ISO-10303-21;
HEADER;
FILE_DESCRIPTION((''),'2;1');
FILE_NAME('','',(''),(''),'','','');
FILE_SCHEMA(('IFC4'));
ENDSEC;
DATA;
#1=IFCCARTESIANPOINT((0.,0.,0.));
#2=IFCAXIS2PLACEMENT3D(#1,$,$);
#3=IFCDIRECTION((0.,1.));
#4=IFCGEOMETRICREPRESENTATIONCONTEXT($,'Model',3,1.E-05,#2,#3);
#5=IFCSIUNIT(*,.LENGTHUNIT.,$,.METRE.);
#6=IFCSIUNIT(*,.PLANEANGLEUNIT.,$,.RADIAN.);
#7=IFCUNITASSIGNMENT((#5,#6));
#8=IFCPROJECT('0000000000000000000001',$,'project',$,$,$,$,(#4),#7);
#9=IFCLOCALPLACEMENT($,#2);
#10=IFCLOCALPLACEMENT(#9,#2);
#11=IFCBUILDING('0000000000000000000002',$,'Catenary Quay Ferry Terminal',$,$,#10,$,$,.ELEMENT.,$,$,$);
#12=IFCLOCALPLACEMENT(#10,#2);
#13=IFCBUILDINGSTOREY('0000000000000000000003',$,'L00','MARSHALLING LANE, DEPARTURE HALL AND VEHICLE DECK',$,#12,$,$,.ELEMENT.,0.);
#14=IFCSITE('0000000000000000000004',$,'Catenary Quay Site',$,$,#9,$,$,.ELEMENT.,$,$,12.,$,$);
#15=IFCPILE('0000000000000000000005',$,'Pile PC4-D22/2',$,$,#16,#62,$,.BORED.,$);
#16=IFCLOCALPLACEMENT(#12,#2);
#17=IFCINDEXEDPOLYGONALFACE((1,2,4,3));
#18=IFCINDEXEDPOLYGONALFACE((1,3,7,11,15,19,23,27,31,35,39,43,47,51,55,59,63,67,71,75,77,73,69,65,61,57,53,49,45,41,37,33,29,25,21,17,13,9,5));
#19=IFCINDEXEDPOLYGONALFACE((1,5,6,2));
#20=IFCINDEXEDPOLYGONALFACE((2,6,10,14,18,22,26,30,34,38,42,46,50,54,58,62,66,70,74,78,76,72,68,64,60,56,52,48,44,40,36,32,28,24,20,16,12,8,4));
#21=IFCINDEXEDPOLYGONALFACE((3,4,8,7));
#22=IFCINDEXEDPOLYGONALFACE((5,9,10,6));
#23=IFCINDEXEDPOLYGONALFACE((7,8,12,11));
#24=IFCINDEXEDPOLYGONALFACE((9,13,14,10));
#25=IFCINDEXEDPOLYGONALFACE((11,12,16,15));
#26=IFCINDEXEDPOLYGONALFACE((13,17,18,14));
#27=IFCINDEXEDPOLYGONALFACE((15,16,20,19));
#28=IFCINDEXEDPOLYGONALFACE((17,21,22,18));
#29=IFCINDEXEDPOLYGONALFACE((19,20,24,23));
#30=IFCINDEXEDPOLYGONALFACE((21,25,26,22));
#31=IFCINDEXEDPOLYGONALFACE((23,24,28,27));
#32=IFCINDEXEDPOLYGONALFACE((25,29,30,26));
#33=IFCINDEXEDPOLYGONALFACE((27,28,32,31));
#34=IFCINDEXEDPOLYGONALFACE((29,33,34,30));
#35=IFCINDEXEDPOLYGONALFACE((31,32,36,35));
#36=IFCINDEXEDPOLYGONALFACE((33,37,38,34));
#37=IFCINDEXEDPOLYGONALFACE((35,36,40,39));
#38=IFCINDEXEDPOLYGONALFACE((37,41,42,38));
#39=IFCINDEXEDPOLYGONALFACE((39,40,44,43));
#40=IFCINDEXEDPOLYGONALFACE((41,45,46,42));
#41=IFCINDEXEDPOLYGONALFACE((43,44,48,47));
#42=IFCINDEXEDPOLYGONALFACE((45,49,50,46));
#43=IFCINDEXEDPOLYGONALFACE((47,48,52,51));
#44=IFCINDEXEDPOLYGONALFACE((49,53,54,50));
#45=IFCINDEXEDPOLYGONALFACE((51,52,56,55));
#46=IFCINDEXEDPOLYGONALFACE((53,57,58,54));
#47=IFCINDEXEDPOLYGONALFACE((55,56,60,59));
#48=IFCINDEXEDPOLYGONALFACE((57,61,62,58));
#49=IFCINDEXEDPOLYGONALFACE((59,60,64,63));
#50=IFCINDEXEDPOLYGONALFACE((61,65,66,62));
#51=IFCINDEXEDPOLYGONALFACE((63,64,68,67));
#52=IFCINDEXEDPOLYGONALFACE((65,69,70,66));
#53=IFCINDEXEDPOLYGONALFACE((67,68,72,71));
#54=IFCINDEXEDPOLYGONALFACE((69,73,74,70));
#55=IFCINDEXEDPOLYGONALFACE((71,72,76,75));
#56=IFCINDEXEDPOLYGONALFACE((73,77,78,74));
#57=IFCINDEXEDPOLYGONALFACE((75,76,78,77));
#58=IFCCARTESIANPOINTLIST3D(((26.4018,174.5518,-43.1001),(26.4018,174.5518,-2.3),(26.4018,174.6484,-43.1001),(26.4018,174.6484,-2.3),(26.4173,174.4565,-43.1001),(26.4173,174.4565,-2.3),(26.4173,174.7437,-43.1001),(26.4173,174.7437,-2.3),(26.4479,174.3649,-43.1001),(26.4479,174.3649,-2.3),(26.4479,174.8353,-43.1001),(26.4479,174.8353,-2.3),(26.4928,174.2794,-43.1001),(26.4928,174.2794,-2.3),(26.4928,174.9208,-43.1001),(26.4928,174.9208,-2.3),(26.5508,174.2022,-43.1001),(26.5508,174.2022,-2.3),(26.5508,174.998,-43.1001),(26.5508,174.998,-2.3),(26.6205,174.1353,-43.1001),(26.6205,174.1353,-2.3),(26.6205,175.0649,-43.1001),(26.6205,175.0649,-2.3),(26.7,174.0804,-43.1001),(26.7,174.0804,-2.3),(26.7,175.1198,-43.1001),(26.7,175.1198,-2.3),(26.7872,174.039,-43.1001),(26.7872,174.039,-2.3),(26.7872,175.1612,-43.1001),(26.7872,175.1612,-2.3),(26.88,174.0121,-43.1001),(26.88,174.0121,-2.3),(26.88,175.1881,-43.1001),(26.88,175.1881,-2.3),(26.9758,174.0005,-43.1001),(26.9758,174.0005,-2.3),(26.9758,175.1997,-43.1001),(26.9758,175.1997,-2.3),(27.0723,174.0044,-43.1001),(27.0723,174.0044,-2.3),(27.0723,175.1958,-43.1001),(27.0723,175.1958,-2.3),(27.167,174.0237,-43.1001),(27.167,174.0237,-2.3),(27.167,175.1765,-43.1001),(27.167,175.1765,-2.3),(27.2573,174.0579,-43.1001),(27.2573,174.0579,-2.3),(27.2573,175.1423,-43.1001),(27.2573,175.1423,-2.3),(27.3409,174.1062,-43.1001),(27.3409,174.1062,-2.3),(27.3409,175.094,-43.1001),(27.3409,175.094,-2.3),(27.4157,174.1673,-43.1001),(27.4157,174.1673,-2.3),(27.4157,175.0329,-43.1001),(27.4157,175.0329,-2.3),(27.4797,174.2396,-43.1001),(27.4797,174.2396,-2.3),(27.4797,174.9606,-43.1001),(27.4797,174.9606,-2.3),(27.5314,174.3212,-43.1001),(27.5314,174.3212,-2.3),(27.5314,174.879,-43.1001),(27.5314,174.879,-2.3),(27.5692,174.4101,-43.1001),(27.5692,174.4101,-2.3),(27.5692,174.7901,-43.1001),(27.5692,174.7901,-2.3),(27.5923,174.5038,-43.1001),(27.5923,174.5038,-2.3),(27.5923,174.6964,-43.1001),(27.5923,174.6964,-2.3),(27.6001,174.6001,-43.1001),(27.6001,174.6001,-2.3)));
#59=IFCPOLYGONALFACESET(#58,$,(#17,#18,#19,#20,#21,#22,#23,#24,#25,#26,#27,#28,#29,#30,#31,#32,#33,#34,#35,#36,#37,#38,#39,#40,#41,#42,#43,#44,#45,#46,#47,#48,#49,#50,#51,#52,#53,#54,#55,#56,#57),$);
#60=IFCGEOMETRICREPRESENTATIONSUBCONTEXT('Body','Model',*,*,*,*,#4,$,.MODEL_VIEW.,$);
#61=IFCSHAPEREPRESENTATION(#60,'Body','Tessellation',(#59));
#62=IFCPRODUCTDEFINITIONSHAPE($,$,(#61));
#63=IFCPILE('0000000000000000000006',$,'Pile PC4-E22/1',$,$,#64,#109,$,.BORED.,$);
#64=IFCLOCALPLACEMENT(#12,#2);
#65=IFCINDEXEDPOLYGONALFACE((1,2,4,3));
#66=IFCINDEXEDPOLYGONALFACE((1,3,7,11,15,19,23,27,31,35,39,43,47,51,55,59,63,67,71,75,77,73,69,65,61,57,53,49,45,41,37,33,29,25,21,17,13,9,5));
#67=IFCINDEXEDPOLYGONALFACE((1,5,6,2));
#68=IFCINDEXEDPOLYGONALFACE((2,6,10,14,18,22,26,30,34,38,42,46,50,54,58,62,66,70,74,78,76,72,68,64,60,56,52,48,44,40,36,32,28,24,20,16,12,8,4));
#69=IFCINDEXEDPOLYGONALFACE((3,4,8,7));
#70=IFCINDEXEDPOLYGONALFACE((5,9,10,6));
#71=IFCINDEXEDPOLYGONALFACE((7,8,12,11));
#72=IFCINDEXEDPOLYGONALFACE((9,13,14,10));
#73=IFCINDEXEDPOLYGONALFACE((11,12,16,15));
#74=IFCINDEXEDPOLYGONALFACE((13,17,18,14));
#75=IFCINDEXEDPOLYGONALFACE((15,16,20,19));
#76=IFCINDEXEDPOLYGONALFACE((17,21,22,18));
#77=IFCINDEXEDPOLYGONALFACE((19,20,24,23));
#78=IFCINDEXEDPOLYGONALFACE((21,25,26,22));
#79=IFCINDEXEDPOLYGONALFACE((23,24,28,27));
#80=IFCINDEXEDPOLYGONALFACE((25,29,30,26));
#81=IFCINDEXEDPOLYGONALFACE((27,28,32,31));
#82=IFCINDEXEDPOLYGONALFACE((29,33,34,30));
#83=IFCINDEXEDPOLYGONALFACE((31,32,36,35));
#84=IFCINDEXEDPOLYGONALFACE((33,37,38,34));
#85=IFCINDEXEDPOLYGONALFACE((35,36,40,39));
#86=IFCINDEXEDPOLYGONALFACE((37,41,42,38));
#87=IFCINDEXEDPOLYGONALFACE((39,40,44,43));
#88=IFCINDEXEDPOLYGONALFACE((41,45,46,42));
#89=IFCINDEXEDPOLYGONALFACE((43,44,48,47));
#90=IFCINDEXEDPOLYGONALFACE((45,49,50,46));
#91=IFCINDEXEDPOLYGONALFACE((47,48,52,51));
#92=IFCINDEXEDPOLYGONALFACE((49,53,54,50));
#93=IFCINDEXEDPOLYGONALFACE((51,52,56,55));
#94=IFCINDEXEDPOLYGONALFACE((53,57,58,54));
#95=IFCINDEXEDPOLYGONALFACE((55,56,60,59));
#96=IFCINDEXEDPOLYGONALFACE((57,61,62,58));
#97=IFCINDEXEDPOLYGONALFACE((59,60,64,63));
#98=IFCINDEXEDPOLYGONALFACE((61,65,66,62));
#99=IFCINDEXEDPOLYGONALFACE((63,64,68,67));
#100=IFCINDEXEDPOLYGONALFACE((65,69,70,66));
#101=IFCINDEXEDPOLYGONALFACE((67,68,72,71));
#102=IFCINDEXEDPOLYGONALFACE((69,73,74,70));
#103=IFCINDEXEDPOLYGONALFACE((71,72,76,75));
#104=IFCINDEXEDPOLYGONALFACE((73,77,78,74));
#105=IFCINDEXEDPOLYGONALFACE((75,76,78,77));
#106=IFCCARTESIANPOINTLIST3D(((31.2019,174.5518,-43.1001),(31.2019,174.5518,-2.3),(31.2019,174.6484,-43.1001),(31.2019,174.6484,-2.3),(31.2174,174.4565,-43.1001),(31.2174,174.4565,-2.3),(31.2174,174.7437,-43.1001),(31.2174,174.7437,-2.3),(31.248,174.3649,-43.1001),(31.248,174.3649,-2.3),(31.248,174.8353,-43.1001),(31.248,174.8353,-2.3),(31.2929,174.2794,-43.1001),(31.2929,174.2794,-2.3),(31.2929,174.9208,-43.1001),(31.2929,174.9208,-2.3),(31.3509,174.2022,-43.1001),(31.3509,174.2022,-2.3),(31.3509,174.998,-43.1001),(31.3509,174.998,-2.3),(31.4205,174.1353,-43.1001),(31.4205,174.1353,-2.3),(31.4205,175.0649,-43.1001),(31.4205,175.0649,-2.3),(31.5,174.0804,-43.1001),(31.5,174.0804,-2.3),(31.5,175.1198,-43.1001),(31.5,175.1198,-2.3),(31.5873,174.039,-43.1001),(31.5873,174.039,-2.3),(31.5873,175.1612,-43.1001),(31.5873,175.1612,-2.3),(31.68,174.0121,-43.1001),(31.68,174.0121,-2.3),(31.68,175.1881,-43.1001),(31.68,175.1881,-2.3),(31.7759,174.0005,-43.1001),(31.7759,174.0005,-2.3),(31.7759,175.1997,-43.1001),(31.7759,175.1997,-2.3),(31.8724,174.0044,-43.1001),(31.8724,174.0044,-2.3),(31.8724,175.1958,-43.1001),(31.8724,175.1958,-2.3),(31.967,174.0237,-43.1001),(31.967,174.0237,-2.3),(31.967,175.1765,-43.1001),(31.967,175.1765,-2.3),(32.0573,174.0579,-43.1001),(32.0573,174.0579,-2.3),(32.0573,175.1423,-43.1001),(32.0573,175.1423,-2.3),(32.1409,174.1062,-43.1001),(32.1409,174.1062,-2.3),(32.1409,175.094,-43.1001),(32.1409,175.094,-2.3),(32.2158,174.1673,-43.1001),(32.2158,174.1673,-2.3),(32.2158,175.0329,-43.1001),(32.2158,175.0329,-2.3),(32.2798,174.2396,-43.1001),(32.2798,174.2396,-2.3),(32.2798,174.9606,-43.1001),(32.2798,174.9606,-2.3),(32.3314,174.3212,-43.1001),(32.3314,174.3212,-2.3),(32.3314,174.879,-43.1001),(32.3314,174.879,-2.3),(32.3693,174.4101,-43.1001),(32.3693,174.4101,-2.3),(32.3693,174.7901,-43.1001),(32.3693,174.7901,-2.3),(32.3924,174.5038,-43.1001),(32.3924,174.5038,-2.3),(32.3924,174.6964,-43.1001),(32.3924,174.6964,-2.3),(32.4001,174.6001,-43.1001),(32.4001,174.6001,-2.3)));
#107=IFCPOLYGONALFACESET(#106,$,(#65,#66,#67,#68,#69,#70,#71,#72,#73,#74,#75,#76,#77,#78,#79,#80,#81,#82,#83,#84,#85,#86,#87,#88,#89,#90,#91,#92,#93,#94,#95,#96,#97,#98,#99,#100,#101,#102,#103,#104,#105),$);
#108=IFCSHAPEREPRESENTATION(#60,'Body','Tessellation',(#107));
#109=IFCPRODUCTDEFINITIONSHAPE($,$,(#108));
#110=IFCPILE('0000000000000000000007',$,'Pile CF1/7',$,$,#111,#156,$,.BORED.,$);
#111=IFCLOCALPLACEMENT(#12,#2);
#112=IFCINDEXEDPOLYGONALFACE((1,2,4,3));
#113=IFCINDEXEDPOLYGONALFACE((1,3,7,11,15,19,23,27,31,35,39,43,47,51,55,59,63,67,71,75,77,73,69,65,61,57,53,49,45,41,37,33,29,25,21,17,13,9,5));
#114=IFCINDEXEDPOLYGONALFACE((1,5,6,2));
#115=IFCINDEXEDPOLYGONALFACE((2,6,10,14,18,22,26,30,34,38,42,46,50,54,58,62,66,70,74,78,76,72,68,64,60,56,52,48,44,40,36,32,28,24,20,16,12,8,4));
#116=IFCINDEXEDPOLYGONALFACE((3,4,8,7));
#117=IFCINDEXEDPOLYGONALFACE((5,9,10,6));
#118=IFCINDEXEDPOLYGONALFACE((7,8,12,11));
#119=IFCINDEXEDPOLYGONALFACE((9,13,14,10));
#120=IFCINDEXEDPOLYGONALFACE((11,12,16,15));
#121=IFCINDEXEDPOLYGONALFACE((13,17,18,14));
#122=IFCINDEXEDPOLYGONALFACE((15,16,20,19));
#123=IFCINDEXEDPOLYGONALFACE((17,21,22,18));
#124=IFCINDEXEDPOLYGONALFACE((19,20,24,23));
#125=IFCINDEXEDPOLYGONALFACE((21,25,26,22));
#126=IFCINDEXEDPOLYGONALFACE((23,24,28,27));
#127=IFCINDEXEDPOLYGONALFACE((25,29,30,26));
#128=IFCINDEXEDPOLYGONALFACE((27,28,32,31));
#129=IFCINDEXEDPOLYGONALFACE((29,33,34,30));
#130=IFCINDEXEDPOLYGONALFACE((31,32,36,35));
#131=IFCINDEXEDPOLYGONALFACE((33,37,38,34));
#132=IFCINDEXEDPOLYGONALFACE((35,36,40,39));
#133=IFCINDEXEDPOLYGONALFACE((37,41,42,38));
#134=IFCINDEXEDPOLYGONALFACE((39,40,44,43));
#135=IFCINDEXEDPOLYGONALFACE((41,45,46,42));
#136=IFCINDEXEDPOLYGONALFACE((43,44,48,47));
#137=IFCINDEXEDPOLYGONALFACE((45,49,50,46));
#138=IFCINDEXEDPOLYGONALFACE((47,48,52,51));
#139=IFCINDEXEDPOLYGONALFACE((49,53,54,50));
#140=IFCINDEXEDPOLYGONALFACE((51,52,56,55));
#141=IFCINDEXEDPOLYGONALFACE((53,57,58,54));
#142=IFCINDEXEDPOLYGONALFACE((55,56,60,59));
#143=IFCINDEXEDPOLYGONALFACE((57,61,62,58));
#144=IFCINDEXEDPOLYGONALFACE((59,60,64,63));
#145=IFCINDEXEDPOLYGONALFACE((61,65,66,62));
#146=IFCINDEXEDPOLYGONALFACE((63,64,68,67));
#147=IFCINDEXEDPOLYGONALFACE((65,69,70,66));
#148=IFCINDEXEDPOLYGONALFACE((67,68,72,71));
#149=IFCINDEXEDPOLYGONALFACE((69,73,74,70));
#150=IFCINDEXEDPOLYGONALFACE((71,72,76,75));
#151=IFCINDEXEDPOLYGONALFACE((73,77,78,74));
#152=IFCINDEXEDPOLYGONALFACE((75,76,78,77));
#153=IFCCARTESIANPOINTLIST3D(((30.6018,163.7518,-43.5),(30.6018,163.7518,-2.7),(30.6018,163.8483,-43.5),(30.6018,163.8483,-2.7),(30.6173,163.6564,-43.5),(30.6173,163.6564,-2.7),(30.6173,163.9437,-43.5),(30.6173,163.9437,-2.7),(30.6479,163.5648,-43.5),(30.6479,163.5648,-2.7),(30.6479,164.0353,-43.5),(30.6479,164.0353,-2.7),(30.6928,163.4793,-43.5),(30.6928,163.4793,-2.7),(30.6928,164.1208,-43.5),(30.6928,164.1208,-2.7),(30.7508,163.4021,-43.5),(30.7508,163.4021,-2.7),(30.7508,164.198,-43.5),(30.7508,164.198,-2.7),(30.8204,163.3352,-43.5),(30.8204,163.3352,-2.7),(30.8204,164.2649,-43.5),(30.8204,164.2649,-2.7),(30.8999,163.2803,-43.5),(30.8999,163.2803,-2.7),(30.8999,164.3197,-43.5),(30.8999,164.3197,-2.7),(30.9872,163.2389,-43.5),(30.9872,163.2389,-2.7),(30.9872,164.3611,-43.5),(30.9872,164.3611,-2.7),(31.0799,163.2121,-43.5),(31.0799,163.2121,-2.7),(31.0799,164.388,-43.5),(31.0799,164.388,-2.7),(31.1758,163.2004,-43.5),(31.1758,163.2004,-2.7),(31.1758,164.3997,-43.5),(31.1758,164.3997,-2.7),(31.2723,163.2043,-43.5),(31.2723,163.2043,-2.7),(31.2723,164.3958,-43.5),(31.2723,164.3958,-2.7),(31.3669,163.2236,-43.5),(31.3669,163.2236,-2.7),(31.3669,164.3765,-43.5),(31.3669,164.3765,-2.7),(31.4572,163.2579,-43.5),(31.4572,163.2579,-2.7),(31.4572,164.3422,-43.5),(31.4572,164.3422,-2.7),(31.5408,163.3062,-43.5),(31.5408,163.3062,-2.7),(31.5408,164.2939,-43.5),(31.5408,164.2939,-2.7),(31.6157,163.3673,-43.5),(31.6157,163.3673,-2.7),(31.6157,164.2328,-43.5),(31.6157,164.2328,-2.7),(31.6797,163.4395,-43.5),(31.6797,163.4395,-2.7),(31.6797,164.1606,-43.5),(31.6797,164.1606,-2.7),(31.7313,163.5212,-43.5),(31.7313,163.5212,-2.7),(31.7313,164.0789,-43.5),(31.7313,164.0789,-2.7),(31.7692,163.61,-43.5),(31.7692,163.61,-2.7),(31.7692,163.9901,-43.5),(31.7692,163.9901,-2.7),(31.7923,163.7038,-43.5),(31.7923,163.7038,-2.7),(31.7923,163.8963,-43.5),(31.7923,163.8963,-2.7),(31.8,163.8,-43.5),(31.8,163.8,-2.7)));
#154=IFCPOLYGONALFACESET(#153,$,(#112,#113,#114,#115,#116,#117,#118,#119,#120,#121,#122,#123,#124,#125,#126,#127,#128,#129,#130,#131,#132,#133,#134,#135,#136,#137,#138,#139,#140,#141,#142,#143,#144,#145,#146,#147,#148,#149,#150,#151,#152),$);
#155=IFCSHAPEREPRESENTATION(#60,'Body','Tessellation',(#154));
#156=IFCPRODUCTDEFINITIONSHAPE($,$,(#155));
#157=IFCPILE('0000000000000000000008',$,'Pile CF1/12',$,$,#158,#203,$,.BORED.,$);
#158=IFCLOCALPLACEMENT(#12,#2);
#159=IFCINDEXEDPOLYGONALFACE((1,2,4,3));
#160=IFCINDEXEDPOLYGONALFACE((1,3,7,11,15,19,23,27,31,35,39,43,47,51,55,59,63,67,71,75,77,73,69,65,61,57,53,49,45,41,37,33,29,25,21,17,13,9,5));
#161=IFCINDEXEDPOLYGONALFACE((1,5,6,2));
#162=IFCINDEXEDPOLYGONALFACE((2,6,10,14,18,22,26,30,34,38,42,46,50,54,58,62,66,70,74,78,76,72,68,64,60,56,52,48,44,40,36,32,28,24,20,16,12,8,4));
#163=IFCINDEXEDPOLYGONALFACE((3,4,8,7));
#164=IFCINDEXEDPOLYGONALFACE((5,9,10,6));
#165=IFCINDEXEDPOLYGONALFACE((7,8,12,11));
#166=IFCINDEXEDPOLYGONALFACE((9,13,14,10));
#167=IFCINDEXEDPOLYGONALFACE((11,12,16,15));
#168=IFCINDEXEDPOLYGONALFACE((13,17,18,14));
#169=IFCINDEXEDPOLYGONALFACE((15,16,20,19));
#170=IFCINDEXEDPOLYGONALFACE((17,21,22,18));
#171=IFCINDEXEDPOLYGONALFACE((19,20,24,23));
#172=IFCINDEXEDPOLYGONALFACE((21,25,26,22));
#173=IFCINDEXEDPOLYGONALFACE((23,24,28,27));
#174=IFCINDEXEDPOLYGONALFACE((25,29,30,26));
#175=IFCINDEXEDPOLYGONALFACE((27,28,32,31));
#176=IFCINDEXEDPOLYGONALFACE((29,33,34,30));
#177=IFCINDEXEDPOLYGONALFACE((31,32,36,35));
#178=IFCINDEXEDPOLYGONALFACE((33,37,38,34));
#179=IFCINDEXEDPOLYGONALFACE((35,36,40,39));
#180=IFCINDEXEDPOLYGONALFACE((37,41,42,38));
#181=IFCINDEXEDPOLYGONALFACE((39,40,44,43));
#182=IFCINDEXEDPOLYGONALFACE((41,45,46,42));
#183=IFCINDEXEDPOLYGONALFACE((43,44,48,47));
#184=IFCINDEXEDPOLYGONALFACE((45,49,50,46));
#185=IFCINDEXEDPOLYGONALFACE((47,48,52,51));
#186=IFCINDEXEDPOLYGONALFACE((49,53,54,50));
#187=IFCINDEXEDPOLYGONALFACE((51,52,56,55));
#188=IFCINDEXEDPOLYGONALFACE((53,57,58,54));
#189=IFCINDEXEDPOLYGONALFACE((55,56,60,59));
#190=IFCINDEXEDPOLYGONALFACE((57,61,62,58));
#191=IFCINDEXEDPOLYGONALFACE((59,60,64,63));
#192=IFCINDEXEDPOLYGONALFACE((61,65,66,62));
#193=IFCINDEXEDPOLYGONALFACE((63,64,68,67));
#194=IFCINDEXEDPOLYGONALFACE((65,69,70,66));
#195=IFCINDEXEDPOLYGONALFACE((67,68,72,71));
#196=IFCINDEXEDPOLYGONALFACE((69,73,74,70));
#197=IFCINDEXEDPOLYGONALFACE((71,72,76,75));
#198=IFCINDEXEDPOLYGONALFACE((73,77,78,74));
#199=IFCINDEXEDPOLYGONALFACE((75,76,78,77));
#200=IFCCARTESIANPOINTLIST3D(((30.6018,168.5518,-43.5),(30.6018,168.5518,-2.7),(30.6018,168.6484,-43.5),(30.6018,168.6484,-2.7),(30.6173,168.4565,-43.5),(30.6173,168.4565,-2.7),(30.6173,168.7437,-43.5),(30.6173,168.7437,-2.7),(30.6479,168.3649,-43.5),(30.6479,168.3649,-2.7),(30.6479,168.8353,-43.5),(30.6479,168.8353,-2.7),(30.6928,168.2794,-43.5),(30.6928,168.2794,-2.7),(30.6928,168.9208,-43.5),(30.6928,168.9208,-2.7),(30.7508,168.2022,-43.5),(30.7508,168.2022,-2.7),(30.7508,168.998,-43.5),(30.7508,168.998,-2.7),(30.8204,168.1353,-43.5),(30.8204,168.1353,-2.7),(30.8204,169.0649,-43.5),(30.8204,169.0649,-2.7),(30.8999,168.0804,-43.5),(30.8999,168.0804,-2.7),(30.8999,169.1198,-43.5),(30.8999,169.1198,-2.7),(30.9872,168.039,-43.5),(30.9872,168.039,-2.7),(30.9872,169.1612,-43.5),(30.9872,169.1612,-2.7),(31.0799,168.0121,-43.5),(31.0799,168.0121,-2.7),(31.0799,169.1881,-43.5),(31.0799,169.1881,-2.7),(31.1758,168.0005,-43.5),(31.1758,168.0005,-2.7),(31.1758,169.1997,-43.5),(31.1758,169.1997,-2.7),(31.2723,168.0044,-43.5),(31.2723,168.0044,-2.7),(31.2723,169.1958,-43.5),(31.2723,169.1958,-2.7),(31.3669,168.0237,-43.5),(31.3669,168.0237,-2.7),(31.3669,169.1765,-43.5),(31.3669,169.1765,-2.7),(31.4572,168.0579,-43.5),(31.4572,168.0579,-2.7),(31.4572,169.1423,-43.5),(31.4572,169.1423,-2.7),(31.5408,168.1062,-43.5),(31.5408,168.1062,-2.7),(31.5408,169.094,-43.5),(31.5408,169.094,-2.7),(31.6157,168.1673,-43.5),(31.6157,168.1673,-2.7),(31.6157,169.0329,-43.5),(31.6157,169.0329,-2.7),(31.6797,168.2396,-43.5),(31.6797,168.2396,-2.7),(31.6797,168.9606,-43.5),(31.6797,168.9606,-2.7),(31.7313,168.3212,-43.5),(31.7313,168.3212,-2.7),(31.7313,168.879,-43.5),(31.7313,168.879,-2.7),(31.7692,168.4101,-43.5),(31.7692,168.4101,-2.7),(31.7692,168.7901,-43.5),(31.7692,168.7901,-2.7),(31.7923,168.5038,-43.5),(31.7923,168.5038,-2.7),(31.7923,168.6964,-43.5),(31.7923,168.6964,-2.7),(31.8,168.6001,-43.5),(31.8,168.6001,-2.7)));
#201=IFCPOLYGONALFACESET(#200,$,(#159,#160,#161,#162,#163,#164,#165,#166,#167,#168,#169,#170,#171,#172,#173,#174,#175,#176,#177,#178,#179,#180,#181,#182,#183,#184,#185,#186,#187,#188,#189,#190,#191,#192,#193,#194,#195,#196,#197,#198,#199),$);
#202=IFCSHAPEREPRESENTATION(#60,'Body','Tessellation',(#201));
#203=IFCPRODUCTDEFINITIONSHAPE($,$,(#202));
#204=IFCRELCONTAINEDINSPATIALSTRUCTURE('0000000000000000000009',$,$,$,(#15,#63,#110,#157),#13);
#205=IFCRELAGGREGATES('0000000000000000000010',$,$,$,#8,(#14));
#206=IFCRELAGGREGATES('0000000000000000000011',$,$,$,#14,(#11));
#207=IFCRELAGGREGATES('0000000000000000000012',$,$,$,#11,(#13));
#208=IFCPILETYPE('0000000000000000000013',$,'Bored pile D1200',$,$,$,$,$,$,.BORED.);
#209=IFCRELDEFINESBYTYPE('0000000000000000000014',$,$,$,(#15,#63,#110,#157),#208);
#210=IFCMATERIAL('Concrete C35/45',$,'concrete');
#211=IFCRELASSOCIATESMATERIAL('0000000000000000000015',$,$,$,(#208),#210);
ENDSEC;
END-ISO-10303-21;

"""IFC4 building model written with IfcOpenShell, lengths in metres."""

from ifc_helpers import new_model, si_unit, direction, frame, origin, origin_2d, place, context, subcontext, project, spatial, circle, extrude, material, material_profile, profile_set, type_object, element, save


model = new_model("IFC4")

# Units and contexts
model_context = context("Model", 3, precision=1e-05, world=origin(), true_north=direction((0.0, 1.0)))
body_context = subcontext(model_context, "Body", "Model", "MODEL_VIEW")
ifc_project = project(units=[si_unit("LENGTHUNIT", "METRE"), si_unit("PLANEANGLEUNIT", "RADIAN")], contexts=[model_context])

# Site, building, storey
site_placement = place(None, origin())
site = spatial("IfcSite", under=ifc_project, at=site_placement, Name="Catenary Quay Site", CompositionType="ELEMENT", RefElevation=12.0)
building_placement = place(site_placement, origin())
building = spatial("IfcBuilding", under=site, at=building_placement, Name="Catenary Quay Ferry Terminal", CompositionType="ELEMENT")
storey_placement = place(building_placement, origin())
storey = spatial("IfcBuildingStorey", under=building, at=storey_placement, Name="L00", Description="MARSHALLING LANE, DEPARTURE HALL AND VEHICLE DECK", CompositionType="ELEMENT", Elevation=0.0)

# Piles
ifc_material_1 = material(Name="Concrete C35/45", Category="concrete")
ifc_material_profile = material_profile(ifc_material_1, circle(Radius=0.6001, at=origin_2d()), Name="D1200")
ifc_profile_set = profile_set([ifc_material_profile], Name="Concrete C35/45")
pile_type = type_object("IfcPileType", Name="Bored pile D1200", PredefinedType="BORED", material=ifc_profile_set)
for number, where, z_axis, x_axis, name in (
    (1, (27.0, 174.6001, -2.3), (0.0, 0.0, -1.0), (1.0, 0.0, 0.0), "Pile PC4-D22/2"),
    (2, (31.8, 174.6001, -2.3), (0.0, 0.0, -1.0), (1.0, 0.0, 0.0), "Pile PC4-E22/1"),
    (3, (31.2, 163.8, -2.7), (0.0, 0.0, -1.0), (1.0, 0.0, 0.0), "Pile CF1/7"),
    (4, (31.2, 168.6001, -2.7), (0.0, 0.0, -1.0), (1.0, 0.0, 0.0), "Pile CF1/12"),
):
    element("IfcPile", number, at=place(storey_placement, frame(where, z_axis=z_axis, x_axis=x_axis)), inside=storey, type_object=pile_type, Name=name, PredefinedType="BORED", context=body_context, shape_type="SweptSolid", body=[
        extrude(circle(Radius=0.6001, at=origin_2d()), origin(), (0.0, 0.0, 1.0), 40.8),
    ])

save(model, "model.ifc")
